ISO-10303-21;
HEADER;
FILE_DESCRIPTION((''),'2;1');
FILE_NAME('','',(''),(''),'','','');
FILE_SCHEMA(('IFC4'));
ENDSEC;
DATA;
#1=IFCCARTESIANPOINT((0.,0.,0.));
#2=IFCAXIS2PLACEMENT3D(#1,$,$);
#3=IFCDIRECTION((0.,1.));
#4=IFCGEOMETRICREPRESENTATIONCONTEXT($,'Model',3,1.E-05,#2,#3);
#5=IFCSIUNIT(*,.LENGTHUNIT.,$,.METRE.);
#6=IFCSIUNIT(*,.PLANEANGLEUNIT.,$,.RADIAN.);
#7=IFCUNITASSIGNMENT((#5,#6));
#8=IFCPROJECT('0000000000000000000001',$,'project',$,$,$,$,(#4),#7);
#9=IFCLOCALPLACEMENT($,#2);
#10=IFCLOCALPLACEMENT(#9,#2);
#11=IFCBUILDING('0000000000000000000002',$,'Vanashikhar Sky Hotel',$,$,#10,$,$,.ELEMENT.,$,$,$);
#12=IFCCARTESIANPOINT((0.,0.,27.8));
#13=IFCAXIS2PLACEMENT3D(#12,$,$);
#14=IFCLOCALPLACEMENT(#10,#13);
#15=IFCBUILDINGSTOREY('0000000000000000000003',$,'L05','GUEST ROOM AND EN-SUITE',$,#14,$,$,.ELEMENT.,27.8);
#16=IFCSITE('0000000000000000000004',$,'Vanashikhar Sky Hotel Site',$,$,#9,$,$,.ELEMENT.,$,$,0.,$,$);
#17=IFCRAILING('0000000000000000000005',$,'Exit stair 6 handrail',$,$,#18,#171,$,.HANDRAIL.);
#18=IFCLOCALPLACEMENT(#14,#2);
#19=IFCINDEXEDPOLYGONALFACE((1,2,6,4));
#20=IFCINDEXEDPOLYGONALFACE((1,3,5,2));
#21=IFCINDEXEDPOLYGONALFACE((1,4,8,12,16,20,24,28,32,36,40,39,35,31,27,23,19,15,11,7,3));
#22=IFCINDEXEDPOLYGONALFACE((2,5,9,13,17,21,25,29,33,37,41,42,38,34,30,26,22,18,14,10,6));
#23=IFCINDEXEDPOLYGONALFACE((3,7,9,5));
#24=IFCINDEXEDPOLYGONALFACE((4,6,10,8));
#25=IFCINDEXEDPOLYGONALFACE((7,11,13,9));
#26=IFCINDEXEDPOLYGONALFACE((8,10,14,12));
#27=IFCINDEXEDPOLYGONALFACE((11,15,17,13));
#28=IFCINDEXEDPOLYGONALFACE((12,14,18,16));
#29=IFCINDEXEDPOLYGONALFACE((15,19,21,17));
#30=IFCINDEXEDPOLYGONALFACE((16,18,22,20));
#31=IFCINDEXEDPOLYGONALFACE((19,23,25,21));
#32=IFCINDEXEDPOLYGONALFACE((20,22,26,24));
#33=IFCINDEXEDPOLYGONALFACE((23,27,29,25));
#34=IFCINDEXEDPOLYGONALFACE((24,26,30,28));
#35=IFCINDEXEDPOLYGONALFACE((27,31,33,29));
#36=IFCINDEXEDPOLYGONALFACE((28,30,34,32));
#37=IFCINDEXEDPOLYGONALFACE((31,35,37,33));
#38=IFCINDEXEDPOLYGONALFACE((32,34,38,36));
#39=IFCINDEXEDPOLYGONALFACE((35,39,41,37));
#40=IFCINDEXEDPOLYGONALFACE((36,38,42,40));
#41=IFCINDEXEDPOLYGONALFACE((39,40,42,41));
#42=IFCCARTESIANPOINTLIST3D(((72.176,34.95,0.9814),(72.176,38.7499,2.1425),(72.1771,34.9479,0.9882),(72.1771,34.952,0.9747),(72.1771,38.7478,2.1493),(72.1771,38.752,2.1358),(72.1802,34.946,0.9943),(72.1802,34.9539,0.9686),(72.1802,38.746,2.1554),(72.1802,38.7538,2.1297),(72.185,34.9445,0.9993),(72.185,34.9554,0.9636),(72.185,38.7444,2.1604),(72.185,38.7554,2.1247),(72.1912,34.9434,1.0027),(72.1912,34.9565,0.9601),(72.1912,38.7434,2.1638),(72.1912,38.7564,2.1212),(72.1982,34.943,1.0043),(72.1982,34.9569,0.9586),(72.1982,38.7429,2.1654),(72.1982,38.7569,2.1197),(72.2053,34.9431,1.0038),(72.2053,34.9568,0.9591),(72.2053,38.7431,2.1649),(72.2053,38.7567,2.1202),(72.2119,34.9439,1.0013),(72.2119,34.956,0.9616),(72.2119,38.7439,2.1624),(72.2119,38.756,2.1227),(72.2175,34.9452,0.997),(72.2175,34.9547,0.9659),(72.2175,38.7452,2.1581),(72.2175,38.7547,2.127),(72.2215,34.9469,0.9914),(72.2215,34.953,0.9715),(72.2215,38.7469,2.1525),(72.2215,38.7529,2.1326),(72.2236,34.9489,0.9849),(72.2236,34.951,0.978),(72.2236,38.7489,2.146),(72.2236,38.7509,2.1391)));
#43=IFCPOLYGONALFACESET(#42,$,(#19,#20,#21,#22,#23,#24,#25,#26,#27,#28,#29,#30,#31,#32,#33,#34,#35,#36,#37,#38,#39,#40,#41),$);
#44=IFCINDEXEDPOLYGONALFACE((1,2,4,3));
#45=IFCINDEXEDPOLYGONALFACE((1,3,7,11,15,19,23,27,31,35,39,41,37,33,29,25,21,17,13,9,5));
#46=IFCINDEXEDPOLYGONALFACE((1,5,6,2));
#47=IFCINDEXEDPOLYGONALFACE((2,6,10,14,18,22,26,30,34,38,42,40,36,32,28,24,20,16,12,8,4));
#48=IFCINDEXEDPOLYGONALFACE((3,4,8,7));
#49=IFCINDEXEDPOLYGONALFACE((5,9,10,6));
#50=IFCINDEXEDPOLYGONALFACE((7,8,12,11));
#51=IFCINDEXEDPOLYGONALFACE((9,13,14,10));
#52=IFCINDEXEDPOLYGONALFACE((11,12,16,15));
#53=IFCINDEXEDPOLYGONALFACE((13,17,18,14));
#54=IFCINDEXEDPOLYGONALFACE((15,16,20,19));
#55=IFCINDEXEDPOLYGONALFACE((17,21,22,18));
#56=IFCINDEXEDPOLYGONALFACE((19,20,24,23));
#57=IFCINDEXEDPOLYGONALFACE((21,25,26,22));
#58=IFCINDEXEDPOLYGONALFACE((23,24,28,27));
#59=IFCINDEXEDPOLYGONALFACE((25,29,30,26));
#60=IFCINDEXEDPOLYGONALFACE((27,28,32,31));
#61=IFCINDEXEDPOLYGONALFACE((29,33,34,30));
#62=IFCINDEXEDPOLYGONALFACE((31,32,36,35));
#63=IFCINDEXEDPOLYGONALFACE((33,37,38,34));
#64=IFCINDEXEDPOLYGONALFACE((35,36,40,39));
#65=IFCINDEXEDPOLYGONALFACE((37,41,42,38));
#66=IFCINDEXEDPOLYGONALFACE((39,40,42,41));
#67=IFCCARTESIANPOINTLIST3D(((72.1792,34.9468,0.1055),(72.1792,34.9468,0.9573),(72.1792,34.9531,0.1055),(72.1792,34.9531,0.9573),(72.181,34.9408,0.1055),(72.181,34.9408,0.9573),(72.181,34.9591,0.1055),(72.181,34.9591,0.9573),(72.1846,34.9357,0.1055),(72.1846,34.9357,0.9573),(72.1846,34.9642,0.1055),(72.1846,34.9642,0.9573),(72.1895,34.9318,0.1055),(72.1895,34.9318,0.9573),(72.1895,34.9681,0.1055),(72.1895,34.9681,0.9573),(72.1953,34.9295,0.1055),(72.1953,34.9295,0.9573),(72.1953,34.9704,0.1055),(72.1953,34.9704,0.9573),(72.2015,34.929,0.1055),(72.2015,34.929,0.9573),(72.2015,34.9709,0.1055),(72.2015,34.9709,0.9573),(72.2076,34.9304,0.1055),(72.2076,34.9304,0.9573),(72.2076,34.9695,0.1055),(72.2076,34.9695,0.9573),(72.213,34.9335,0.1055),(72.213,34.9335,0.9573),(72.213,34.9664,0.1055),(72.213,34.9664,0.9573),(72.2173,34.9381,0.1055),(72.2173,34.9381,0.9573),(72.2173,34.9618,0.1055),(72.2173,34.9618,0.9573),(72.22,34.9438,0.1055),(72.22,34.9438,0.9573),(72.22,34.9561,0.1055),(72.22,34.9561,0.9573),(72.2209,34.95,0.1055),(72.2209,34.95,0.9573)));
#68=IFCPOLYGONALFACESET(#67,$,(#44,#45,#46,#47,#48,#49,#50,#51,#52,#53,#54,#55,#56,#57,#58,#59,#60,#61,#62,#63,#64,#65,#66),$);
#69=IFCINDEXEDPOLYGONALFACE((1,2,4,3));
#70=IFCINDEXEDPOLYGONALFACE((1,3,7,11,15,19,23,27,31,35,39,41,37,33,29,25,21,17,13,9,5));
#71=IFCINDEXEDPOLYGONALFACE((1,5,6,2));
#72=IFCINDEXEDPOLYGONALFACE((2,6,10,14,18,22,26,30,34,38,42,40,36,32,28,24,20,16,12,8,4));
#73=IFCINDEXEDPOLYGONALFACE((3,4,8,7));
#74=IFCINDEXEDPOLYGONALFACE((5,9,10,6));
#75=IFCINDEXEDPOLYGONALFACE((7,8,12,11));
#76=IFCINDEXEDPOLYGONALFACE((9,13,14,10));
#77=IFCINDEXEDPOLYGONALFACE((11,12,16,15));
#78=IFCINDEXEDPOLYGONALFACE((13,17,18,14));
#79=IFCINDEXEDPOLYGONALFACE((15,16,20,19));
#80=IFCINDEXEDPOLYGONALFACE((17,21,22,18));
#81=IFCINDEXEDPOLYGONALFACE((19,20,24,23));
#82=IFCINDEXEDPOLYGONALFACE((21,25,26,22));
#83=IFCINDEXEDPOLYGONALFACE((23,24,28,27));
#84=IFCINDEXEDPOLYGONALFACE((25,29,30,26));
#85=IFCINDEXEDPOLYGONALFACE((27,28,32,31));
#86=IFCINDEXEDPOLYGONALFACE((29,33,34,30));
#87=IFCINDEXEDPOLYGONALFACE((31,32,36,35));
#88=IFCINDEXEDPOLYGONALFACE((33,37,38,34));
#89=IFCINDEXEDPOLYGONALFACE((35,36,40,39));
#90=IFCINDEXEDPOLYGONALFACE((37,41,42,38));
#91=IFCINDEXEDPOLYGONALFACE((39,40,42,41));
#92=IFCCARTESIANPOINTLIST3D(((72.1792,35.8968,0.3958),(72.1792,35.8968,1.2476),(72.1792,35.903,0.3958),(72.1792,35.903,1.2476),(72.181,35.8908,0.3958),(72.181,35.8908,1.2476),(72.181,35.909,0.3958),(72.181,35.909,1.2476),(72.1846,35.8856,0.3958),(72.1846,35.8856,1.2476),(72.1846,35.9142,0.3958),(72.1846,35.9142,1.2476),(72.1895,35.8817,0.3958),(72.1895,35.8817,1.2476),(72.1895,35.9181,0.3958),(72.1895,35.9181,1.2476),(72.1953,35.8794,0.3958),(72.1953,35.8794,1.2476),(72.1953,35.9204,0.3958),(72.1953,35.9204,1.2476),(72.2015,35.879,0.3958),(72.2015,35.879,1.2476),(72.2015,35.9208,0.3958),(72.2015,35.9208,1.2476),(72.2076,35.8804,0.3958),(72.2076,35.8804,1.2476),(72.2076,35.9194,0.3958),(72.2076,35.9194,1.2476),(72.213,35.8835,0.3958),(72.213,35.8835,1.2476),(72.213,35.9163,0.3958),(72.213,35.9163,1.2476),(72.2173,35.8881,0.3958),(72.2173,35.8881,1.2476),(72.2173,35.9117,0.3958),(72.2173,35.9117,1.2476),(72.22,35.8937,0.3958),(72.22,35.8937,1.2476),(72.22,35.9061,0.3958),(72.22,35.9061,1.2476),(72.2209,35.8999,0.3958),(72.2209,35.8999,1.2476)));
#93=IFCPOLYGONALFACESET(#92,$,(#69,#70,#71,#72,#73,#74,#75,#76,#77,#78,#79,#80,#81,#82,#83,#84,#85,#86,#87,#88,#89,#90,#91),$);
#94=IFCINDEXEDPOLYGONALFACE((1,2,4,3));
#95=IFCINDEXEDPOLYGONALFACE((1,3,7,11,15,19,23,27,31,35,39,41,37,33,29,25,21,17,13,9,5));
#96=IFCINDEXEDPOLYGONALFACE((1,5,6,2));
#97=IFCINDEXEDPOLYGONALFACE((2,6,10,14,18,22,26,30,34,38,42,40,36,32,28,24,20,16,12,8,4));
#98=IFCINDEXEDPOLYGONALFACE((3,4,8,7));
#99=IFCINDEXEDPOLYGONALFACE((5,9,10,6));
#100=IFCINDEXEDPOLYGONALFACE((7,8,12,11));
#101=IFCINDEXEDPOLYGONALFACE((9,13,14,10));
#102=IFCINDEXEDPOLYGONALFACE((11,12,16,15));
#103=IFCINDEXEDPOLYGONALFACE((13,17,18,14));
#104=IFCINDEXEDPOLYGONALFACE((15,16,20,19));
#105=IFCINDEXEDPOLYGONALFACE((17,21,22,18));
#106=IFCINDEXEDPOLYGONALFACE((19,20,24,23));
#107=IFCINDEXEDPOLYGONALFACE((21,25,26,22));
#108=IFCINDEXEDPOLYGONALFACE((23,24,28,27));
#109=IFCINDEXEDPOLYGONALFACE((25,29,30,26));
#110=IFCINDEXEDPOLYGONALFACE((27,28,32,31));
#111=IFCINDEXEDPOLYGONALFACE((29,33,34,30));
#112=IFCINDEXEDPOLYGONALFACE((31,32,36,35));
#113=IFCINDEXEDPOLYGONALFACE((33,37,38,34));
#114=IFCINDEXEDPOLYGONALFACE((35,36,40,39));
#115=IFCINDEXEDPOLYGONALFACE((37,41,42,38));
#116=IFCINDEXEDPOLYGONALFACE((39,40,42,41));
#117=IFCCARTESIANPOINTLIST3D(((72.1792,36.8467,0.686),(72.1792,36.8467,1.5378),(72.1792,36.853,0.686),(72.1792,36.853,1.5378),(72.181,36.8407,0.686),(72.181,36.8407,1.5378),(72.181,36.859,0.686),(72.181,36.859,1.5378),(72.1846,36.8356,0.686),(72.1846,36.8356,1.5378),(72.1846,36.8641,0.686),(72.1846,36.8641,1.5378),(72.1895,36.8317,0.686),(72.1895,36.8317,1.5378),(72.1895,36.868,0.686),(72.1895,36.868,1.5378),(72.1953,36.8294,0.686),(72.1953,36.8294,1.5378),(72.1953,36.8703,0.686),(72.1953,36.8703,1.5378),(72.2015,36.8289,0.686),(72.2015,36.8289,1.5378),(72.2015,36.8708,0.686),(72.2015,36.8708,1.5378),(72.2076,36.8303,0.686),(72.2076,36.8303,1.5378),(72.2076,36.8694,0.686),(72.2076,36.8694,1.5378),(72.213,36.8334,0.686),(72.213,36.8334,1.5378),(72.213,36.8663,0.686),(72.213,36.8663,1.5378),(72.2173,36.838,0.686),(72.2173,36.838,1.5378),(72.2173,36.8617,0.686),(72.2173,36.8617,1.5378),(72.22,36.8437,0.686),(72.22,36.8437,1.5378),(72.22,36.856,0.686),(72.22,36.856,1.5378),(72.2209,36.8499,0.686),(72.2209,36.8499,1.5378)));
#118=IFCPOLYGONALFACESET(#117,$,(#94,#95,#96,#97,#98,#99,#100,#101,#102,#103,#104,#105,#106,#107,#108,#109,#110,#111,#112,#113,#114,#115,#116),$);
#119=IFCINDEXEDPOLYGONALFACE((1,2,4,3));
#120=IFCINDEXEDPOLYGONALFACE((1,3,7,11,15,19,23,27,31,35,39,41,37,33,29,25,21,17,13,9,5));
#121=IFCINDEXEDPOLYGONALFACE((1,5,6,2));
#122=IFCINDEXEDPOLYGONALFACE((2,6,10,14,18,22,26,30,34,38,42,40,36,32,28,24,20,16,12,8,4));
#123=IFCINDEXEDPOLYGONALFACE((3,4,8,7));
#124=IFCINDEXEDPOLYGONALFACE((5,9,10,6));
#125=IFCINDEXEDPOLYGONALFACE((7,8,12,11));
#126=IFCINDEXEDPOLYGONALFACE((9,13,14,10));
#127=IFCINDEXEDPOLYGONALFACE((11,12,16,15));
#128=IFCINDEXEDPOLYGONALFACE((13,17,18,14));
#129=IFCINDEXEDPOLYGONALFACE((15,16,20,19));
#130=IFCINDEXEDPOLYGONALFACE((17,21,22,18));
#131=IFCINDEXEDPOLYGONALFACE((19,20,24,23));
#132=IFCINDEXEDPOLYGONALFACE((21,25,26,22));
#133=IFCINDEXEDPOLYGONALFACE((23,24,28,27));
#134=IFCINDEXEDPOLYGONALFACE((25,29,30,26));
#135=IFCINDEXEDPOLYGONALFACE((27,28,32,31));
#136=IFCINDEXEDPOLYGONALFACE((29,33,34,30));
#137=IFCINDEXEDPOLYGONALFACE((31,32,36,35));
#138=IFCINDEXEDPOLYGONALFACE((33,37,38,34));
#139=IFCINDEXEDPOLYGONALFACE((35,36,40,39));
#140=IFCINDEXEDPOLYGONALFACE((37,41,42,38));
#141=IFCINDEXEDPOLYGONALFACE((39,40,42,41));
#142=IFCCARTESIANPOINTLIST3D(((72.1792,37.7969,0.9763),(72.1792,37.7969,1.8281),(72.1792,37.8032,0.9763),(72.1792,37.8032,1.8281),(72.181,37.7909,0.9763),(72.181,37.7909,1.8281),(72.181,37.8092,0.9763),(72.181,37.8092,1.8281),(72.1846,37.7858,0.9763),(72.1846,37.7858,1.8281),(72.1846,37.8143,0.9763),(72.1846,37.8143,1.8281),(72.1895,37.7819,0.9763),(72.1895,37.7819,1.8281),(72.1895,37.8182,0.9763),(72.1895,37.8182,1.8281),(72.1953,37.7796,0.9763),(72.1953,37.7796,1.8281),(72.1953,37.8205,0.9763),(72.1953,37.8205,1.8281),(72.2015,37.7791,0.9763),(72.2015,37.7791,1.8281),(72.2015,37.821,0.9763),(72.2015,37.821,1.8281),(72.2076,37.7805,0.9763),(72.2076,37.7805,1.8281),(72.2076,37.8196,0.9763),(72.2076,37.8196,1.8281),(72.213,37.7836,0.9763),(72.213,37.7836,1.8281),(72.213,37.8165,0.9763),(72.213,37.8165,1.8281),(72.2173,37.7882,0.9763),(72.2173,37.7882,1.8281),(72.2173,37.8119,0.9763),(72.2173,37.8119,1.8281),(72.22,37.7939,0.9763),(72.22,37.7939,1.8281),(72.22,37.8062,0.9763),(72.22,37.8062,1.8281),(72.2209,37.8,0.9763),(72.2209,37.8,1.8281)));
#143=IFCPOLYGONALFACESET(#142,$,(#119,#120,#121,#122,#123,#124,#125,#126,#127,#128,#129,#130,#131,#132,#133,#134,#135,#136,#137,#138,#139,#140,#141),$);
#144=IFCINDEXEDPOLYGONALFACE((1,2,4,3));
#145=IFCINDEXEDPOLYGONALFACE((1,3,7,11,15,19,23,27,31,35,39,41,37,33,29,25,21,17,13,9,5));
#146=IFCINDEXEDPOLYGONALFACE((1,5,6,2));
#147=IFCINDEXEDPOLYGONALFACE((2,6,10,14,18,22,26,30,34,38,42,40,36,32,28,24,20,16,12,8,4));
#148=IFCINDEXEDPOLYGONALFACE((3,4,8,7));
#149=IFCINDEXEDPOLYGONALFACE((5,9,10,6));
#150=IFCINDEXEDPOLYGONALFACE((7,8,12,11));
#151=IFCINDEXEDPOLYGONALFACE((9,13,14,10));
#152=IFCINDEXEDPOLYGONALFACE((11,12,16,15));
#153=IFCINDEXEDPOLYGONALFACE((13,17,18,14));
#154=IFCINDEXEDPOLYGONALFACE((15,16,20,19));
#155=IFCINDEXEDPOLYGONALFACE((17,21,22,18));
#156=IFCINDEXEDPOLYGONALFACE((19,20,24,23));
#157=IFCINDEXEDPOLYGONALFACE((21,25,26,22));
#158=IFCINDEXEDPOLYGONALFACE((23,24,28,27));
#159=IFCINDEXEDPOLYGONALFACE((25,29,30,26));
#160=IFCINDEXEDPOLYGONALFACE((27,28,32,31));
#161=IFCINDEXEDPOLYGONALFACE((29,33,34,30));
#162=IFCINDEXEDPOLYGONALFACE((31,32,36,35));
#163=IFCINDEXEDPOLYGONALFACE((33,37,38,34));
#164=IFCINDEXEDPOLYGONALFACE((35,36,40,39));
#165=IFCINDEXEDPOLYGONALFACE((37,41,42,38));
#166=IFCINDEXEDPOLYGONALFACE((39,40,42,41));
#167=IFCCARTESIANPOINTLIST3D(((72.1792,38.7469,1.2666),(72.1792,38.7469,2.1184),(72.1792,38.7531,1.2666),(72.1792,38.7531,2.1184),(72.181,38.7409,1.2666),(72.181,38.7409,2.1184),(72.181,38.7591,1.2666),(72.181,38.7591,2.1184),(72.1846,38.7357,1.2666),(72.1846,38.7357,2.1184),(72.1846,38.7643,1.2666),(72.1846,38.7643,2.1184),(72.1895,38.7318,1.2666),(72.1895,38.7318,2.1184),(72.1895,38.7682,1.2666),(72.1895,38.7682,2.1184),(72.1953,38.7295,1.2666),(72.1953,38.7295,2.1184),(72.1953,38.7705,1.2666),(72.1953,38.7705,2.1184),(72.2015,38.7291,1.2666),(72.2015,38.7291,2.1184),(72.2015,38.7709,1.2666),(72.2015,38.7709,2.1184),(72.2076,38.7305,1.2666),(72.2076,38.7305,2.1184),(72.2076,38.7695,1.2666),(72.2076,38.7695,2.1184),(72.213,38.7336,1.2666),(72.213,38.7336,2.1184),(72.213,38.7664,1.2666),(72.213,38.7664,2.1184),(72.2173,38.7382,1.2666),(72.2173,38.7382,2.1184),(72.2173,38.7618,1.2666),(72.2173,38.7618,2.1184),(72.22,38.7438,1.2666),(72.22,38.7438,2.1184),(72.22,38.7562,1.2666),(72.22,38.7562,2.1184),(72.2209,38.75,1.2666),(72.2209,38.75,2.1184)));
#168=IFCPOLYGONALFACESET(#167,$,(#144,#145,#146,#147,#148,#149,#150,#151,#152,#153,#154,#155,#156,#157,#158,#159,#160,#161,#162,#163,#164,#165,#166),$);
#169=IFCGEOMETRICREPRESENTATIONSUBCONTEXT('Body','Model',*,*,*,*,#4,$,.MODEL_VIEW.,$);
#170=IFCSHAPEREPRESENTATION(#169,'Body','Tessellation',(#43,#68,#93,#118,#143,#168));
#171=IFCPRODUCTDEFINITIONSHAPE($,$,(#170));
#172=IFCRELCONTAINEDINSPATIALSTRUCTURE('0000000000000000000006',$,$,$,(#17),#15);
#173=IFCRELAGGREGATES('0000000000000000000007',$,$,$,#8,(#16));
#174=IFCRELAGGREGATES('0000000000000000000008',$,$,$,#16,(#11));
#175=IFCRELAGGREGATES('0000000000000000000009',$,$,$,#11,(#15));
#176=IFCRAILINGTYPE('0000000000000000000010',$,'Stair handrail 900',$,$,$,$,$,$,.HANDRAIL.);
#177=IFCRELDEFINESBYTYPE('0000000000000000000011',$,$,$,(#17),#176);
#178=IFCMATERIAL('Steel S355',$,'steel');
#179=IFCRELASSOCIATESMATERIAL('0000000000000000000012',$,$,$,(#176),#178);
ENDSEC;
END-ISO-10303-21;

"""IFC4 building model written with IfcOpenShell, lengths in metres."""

from ifc_helpers import new_model, si_unit, direction, frame, origin, origin_2d, place, context, subcontext, project, spatial, circle, extrude, source, transform, mapped, material, type_object, element, save


model = new_model("IFC4")

# Units and contexts
model_context = context("Model", 3, precision=1e-05, world=origin(), true_north=direction((0.0, 1.0)))
body_context = subcontext(model_context, "Body", "Model", "MODEL_VIEW")
ifc_project = project(units=[si_unit("LENGTHUNIT", "METRE"), si_unit("PLANEANGLEUNIT", "RADIAN")], contexts=[model_context])

# Site, building, storey
site_placement = place(None, origin())
site = spatial("IfcSite", under=ifc_project, at=site_placement, Name="Vanashikhar Sky Hotel Site", CompositionType="ELEMENT", RefElevation=0.0)
building_placement = place(site_placement, origin())
building = spatial("IfcBuilding", under=site, at=building_placement, Name="Vanashikhar Sky Hotel", CompositionType="ELEMENT")
storey_placement = place(building_placement, frame((0.0, 0.0, 27.8)))
storey = spatial("IfcBuildingStorey", under=building, at=storey_placement, Name="L05", Description="GUEST ROOM AND EN-SUITE", CompositionType="ELEMENT", Elevation=27.8)

# Railing
ifc_material_1 = material(Name="Steel S355", Category="steel")
railing_type = type_object("IfcRailingType", Name="Stair handrail 900", PredefinedType="HANDRAIL", material=ifc_material_1)
shared_shape_1 = source(origin(), body_context, "Body", "SweptSolid", [
    extrude(circle(Radius=0.0239, at=origin_2d()), frame((0.0, 0.0, 0.876), z_axis=(0.0, 0.956351, 0.29222), x_axis=(-1.0, 0.0, 0.0)), (0.0, 0.0, 1.0), 3.9734),
    extrude(circle(Radius=0.021, at=origin_2d()), origin(), (0.0, 0.0, 1.0), 0.8518),
    extrude(circle(Radius=0.021, at=origin_2d()), frame((0.0, 0.95, 0.2903)), (0.0, 0.0, 1.0), 0.8518),
    extrude(circle(Radius=0.021, at=origin_2d()), frame((0.0, 1.8999, 0.5806)), (0.0, 0.0, 1.0), 0.8518),
    extrude(circle(Radius=0.021, at=origin_2d()), frame((0.0, 2.8501, 0.8708)), (0.0, 0.0, 1.0), 0.8518),
    extrude(circle(Radius=0.021, at=origin_2d()), frame((0.0, 3.8, 1.1611)), (0.0, 0.0, 1.0), 0.8518),
])
for number, where, name in (
    (1, (72.2, 34.95, 0.1055), "Exit stair 6 handrail"),
):
    element("IfcRailing", number, at=place(storey_placement, frame(where)), inside=storey, type_object=railing_type, Name=name, PredefinedType="HANDRAIL", context=body_context, shape_type="MappedRepresentation", body=[
        mapped(shared_shape_1, transform((0.0, 0.0, 0.0), scale=1.0)),
    ])

save(model, "model.ifc")
